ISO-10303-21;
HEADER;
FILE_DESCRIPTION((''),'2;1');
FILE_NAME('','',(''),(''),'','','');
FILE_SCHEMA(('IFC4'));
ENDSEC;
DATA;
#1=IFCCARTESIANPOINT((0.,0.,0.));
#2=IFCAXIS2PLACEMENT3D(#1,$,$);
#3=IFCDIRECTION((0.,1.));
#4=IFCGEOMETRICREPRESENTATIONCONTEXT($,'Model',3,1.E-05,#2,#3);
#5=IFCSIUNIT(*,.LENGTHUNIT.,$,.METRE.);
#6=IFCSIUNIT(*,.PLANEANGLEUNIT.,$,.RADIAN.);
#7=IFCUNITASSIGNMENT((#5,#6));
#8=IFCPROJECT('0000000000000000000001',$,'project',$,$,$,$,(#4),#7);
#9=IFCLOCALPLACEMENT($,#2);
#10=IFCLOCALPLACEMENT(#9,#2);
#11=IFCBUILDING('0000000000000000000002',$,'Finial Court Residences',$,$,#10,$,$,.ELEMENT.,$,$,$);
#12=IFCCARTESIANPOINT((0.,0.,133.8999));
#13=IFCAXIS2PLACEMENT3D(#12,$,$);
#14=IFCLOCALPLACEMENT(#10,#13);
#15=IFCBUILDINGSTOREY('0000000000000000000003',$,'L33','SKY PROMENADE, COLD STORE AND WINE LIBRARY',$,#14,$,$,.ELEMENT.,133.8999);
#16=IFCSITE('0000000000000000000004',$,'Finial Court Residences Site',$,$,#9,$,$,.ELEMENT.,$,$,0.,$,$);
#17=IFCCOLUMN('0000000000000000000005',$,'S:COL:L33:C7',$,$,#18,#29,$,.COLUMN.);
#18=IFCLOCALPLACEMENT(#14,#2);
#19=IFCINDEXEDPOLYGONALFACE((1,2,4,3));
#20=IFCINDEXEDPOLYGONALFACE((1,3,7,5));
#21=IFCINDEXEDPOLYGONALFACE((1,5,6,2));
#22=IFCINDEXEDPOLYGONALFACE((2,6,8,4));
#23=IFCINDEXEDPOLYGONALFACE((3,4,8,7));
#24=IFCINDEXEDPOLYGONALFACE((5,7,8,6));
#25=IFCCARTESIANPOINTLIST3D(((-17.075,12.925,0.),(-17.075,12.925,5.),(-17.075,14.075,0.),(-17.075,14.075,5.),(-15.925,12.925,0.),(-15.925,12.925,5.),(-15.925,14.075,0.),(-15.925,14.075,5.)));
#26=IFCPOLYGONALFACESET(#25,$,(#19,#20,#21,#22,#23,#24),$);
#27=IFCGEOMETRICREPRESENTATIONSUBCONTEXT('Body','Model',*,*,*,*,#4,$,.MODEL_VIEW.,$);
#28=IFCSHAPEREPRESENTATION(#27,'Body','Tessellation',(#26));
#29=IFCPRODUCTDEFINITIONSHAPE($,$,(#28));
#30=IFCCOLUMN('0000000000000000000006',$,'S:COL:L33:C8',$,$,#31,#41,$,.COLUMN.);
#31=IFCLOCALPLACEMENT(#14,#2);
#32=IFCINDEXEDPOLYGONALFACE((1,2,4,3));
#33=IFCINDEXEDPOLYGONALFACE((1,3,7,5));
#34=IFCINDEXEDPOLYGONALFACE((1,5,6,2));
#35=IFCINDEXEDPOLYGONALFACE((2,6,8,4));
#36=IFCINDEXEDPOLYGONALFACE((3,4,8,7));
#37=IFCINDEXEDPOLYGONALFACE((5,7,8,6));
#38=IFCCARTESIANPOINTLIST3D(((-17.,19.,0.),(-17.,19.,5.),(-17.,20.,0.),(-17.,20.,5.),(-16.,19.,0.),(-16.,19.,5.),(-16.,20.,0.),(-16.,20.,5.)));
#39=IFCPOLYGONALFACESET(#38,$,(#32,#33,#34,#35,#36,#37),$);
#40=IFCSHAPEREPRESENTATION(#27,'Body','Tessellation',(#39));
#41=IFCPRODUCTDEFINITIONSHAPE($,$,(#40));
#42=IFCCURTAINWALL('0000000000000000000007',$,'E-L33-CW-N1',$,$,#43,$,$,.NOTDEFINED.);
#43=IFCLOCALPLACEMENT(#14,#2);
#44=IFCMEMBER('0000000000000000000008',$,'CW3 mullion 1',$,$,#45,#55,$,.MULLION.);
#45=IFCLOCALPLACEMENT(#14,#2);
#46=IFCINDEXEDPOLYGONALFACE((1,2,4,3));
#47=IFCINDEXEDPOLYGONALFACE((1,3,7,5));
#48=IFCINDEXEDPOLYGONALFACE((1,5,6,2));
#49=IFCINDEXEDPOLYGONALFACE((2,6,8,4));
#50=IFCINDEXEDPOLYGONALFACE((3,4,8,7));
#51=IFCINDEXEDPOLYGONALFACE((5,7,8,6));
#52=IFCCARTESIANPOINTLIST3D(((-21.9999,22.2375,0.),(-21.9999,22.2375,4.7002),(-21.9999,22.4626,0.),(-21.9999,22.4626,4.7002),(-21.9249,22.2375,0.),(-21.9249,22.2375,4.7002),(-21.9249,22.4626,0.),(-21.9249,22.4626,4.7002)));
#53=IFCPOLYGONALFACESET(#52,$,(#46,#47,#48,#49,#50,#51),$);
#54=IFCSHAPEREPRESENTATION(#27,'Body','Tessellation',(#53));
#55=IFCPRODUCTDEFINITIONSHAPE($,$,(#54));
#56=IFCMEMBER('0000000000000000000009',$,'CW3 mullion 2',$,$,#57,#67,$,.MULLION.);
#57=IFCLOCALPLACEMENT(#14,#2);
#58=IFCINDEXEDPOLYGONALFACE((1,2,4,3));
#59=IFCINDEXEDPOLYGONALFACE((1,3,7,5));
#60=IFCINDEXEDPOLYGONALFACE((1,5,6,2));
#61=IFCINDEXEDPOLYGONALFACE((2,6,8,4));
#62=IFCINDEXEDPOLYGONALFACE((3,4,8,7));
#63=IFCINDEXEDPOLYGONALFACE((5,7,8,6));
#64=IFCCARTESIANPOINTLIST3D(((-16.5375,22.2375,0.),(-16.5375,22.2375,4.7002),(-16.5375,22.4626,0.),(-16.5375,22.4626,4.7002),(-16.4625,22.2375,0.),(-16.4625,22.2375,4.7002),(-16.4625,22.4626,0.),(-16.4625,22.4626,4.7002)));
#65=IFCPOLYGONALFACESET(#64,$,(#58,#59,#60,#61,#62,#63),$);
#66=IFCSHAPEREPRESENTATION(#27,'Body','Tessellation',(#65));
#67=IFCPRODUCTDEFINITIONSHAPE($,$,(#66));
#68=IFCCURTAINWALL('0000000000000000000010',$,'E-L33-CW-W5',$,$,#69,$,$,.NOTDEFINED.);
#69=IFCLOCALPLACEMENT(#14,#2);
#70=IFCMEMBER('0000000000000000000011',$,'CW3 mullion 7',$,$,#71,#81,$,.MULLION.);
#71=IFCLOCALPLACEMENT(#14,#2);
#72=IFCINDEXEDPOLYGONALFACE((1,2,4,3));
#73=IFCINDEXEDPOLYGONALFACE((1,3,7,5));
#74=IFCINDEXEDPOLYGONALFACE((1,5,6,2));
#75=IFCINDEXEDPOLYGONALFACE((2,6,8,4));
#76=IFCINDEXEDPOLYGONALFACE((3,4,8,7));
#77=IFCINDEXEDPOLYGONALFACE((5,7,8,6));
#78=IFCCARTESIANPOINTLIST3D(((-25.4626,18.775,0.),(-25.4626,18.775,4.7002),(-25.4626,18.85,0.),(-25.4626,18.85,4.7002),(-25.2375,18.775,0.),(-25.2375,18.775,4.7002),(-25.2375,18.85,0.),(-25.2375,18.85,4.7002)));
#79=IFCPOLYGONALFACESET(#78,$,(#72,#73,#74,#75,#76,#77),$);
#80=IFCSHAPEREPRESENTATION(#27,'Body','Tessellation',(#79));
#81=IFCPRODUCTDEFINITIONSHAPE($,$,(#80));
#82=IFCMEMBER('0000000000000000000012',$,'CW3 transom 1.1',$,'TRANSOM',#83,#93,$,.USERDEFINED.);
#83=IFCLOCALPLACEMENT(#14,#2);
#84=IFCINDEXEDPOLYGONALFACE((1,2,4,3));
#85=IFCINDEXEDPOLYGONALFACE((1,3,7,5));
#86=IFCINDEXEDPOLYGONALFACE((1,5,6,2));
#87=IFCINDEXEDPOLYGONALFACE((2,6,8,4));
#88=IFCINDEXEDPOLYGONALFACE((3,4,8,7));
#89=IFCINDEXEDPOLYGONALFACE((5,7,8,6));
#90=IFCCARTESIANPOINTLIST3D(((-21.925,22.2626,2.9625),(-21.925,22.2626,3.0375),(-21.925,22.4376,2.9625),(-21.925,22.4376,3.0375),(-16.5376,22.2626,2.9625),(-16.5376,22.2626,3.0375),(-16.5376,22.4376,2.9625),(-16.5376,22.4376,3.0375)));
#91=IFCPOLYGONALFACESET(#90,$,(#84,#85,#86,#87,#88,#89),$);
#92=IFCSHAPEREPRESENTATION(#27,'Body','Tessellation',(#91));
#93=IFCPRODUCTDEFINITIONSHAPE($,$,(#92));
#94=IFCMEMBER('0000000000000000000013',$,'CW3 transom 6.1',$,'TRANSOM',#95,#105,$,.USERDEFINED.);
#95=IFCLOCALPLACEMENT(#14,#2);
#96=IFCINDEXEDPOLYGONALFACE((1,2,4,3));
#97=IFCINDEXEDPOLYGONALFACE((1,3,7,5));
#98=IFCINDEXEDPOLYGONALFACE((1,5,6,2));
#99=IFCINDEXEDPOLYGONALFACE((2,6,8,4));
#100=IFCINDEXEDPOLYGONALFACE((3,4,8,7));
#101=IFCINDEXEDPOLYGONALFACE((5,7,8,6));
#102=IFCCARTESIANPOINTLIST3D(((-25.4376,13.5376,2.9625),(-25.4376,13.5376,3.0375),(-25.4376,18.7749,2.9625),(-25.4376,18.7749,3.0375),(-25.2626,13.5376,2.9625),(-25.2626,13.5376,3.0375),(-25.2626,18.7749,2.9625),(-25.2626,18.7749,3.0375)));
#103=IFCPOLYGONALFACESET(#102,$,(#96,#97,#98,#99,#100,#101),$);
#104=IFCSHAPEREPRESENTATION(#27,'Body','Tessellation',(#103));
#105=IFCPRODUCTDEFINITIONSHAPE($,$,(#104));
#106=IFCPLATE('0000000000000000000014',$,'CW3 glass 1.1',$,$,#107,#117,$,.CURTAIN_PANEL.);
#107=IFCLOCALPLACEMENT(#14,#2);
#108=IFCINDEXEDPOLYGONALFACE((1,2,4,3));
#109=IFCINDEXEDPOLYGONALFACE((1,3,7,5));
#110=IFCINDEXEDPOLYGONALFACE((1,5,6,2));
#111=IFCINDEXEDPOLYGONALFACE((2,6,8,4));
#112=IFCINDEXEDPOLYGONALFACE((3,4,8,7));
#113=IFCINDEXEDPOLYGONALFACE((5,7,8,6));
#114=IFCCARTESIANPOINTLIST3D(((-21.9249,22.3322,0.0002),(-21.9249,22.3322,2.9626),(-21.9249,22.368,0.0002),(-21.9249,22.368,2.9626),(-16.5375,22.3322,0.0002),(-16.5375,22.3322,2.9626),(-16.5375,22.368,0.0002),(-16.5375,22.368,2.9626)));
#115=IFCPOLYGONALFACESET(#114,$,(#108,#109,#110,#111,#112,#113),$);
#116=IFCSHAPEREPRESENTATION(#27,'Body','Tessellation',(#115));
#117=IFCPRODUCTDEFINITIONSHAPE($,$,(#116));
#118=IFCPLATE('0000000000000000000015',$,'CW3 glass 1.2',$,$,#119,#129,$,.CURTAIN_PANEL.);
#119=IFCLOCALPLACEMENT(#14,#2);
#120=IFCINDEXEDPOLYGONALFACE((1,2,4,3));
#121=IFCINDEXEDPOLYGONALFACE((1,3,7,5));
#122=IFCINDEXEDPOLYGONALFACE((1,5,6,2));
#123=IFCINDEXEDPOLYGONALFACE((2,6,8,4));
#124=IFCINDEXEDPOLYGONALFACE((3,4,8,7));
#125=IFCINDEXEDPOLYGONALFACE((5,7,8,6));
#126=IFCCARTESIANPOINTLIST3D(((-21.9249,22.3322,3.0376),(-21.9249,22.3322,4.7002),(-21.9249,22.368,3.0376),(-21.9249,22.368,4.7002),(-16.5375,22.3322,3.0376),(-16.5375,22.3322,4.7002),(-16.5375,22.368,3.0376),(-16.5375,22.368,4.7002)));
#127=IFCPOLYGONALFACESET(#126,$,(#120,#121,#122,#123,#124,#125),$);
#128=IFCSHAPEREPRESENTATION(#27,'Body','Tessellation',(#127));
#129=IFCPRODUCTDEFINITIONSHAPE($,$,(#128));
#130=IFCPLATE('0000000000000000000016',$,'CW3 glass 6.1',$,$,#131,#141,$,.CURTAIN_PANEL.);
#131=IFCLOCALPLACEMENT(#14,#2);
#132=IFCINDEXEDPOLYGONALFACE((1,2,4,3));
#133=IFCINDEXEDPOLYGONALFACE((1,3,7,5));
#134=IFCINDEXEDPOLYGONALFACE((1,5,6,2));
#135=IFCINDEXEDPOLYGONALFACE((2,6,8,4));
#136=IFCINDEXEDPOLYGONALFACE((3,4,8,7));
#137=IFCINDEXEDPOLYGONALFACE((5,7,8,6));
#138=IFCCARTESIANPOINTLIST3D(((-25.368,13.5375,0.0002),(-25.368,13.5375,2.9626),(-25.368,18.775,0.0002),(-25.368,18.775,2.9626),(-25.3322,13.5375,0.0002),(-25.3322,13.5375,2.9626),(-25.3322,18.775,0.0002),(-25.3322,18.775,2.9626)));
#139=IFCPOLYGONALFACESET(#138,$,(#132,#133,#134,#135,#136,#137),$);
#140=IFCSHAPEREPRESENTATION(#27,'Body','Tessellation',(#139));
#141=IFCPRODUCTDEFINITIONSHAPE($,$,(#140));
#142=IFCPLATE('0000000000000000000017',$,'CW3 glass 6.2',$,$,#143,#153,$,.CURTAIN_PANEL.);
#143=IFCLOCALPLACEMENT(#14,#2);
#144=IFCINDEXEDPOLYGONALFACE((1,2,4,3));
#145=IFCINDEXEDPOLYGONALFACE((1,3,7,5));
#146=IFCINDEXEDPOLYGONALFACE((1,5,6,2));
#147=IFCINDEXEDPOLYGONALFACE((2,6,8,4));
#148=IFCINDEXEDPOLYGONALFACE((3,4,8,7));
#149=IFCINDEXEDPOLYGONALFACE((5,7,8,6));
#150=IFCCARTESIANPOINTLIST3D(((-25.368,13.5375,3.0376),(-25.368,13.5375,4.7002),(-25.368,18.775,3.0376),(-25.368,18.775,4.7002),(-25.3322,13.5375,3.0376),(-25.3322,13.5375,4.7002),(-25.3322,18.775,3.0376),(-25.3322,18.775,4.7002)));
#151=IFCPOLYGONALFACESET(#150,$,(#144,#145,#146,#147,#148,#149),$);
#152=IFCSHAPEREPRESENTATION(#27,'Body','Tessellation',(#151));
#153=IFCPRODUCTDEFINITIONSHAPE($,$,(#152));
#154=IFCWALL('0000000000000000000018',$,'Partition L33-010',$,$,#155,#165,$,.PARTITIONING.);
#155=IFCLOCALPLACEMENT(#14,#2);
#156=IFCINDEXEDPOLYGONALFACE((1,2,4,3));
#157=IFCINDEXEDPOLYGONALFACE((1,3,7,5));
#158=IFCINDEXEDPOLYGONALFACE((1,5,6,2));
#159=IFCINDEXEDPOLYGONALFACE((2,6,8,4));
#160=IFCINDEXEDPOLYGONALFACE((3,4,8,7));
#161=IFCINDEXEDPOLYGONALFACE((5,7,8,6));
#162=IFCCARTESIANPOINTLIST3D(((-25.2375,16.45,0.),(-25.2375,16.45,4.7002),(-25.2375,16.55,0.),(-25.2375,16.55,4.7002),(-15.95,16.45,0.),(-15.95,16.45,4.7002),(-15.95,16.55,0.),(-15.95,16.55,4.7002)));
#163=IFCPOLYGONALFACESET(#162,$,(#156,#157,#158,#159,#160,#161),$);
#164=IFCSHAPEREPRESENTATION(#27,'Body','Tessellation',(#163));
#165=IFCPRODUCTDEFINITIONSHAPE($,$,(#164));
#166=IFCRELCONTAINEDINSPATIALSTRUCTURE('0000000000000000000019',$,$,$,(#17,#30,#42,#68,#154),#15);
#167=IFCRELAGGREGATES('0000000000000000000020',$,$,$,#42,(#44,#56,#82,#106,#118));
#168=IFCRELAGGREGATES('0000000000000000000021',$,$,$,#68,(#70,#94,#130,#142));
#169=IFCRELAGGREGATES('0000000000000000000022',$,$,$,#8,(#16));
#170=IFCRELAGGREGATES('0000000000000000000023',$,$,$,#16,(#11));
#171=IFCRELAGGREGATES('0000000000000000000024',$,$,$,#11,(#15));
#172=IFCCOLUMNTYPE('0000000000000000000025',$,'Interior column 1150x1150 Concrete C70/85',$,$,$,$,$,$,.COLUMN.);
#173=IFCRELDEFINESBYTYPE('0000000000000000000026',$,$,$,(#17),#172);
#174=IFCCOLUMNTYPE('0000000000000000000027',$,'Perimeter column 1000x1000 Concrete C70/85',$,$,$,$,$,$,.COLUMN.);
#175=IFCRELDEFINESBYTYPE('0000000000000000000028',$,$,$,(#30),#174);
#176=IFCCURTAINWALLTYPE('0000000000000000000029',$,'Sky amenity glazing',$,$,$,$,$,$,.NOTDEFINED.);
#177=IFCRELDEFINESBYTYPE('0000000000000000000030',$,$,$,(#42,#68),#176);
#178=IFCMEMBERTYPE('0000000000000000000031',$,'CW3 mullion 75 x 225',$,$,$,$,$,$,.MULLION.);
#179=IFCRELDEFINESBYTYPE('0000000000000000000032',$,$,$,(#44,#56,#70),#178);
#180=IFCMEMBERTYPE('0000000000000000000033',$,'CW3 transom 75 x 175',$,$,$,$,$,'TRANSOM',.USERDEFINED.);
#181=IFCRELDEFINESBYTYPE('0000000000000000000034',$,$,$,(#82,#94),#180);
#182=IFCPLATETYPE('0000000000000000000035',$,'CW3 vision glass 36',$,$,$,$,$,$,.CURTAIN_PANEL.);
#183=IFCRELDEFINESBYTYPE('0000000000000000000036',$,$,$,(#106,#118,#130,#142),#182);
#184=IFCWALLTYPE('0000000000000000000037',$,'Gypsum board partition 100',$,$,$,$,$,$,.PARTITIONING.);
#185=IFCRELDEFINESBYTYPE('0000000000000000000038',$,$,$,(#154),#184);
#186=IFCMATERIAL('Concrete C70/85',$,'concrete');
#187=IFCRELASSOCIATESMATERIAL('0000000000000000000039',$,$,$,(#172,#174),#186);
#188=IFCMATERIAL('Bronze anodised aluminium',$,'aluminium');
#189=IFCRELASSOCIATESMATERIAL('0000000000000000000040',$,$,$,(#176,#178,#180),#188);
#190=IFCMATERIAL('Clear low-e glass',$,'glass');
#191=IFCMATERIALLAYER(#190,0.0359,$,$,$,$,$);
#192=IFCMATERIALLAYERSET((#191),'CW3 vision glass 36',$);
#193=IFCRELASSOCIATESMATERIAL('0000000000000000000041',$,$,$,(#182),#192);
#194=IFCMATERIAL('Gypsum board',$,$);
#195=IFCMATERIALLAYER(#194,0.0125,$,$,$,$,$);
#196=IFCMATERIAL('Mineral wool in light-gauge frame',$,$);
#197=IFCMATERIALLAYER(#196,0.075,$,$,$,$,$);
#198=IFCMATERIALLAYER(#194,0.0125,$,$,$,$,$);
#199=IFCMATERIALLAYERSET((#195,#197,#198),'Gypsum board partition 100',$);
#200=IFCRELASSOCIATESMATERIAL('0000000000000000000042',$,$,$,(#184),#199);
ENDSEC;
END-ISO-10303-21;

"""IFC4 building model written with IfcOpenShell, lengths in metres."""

from ifc_helpers import new_model, si_unit, direction, frame, frame_2d, origin, origin_2d, place, context, subcontext, project, spatial, rectangle, extrude, material, layer, layer_set, material_profile, profile_set, type_object, element, aggregate, save


model = new_model("IFC4")

# Units and contexts
model_context = context("Model", 3, precision=1e-05, world=origin(), true_north=direction((0.0, 1.0)))
body_context = subcontext(model_context, "Body", "Model", "MODEL_VIEW")
ifc_project = project(units=[si_unit("LENGTHUNIT", "METRE"), si_unit("PLANEANGLEUNIT", "RADIAN")], contexts=[model_context])

# Site, building, storey
site_placement = place(None, origin())
site = spatial("IfcSite", under=ifc_project, at=site_placement, Name="Finial Court Residences Site", CompositionType="ELEMENT", RefElevation=0.0)
building_placement = place(site_placement, origin())
building = spatial("IfcBuilding", under=site, at=building_placement, Name="Finial Court Residences", CompositionType="ELEMENT")
storey_placement = place(building_placement, frame((0.0, 0.0, 133.8999)))
storey = spatial("IfcBuildingStorey", under=building, at=storey_placement, Name="L33", Description="SKY PROMENADE, COLD STORE AND WINE LIBRARY", CompositionType="ELEMENT", Elevation=133.8999)

# Columns
ifc_material_1 = material(Name="Concrete C70/85", Category="concrete")
ifc_material_profile_1 = material_profile(ifc_material_1, rectangle(XDim=1.1499, YDim=1.1499, at=origin_2d()), Name="1150x1150")
ifc_profile_set_1 = profile_set([ifc_material_profile_1], Name="Concrete C70/85")
column_type_1 = type_object("IfcColumnType", Name="Interior column 1150x1150 Concrete C70/85", PredefinedType="COLUMN", material=ifc_profile_set_1)
column_1_placement = place(storey_placement, frame((-16.5, 13.5, 0.0), z_axis=(0.0, 0.0, 1.0), x_axis=(1.0, 0.0, 0.0)))
element("IfcColumn", 1, at=column_1_placement, inside=storey, type_object=column_type_1, Name="S:COL:L33:C7", PredefinedType="COLUMN", context=body_context, shape_type="SweptSolid", body=[
    extrude(rectangle(XDim=1.1499, YDim=1.1499, at=origin_2d()), origin(), (0.0, 0.0, 1.0), 5.0),
])
ifc_material_profile_2 = material_profile(ifc_material_1, rectangle(XDim=1.0, YDim=1.0, at=origin_2d()), Name="1000x1000")
ifc_profile_set_2 = profile_set([ifc_material_profile_2], Name="Concrete C70/85")
column_type_2 = type_object("IfcColumnType", Name="Perimeter column 1000x1000 Concrete C70/85", PredefinedType="COLUMN", material=ifc_profile_set_2)
column_2_placement = place(storey_placement, frame((-16.5, 19.5, 0.0), z_axis=(0.0, 0.0, 1.0), x_axis=(1.0, 0.0, 0.0)))
element("IfcColumn", 2, at=column_2_placement, inside=storey, type_object=column_type_2, Name="S:COL:L33:C8", PredefinedType="COLUMN", context=body_context, shape_type="SweptSolid", body=[
    extrude(rectangle(XDim=1.0, YDim=1.0, at=origin_2d()), origin(), (0.0, 0.0, 1.0), 5.0),
])

# Curtain wall, members
ifc_material_2 = material(Name="Bronze anodised aluminium", Category="aluminium")
curtain_wall_type = type_object("IfcCurtainWallType", Name="Sky amenity glazing", PredefinedType="NOTDEFINED", material=ifc_material_2)
curtain_wall_1_placement = place(storey_placement, origin())
curtain_wall_1 = element("IfcCurtainWall", 3, at=curtain_wall_1_placement, inside=storey, type_object=curtain_wall_type, Name="E-L33-CW-N1", PredefinedType="NOTDEFINED")
ifc_material_profile_3 = material_profile(ifc_material_2, rectangle(XDim=0.2251, YDim=0.075, at=origin_2d()), Name="CW3 mullion 75 x 225")
ifc_profile_set_3 = profile_set([ifc_material_profile_3], Name="Bronze anodised aluminium")
member_type_1 = type_object("IfcMemberType", Name="CW3 mullion 75 x 225", PredefinedType="MULLION", material=ifc_profile_set_3)
member_1_placement = place(storey_placement, frame((-21.9624, 22.3501, 0.0), z_axis=(0.0, 0.0, 1.0), x_axis=(0.0, 1.0, 0.0)))
member_1 = element("IfcMember", 4, at=member_1_placement, type_object=member_type_1, Name="CW3 mullion 1", PredefinedType="MULLION", context=body_context, shape_type="SweptSolid", body=[
    extrude(rectangle(XDim=0.2251, YDim=0.075, at=origin_2d()), origin(), (0.0, 0.0, 1.0), 4.7002),
])
member_2_placement = place(storey_placement, frame((-16.5, 22.3501, 0.0), z_axis=(0.0, 0.0, 1.0), x_axis=(0.0, 1.0, 0.0)))
member_2 = element("IfcMember", 5, at=member_2_placement, type_object=member_type_1, Name="CW3 mullion 2", PredefinedType="MULLION", context=body_context, shape_type="SweptSolid", body=[
    extrude(rectangle(XDim=0.2251, YDim=0.075, at=origin_2d()), origin(), (0.0, 0.0, 1.0), 4.7002),
])

# Curtain wall, member
curtain_wall_2_placement = place(storey_placement, origin())
curtain_wall_2 = element("IfcCurtainWall", 6, at=curtain_wall_2_placement, inside=storey, type_object=curtain_wall_type, Name="E-L33-CW-W5", PredefinedType="NOTDEFINED")
member_3_placement = place(storey_placement, frame((-25.3501, 18.8125, 0.0), z_axis=(0.0, 0.0, 1.0), x_axis=(-1.0, 0.0, 0.0)))
member_3 = element("IfcMember", 7, at=member_3_placement, type_object=member_type_1, Name="CW3 mullion 7", PredefinedType="MULLION", context=body_context, shape_type="SweptSolid", body=[
    extrude(rectangle(XDim=0.2251, YDim=0.075, at=origin_2d()), origin(), (0.0, 0.0, 1.0), 4.7002),
])

# Members
ifc_material_profile_4 = material_profile(ifc_material_2, rectangle(XDim=0.175, YDim=0.075, at=origin_2d()), Name="CW3 transom 75 x 175")
ifc_profile_set_4 = profile_set([ifc_material_profile_4], Name="Bronze anodised aluminium")
member_type_2 = type_object("IfcMemberType", Name="CW3 transom 75 x 175", ElementType="TRANSOM", PredefinedType="USERDEFINED", material=ifc_profile_set_4)
member_4_placement = place(storey_placement, frame((-21.925, 22.3501, 3.0), z_axis=(1.0, 0.0, 0.0), x_axis=(0.0, 1.0, 0.0)))
member_4 = element("IfcMember", 8, at=member_4_placement, type_object=member_type_2, Name="CW3 transom 1.1", ObjectType="TRANSOM", PredefinedType="USERDEFINED", context=body_context, shape_type="SweptSolid", body=[
    extrude(rectangle(XDim=0.175, YDim=0.075, at=origin_2d()), origin(), (0.0, 0.0, 1.0), 5.3875),
])
member_5_placement = place(storey_placement, frame((-25.3501, 13.5376, 3.0), z_axis=(0.0, 1.0, 0.0), x_axis=(-1.0, 0.0, 0.0)))
member_5 = element("IfcMember", 9, at=member_5_placement, type_object=member_type_2, Name="CW3 transom 6.1", ObjectType="TRANSOM", PredefinedType="USERDEFINED", context=body_context, shape_type="SweptSolid", body=[
    extrude(rectangle(XDim=0.175, YDim=0.075, at=origin_2d()), origin(), (0.0, 0.0, 1.0), 5.2373),
])

# Plates
ifc_material_3 = material(Name="Clear low-e glass", Category="glass")
ifc_layer_1 = layer(ifc_material_3, 0.0359)
ifc_layer_set_1 = layer_set([ifc_layer_1], Name="CW3 vision glass 36")
plate_type = type_object("IfcPlateType", Name="CW3 vision glass 36", PredefinedType="CURTAIN_PANEL", material=ifc_layer_set_1)
plate_1_placement = place(storey_placement, frame((-19.2312, 22.3501, 0.0002), z_axis=(0.0, 0.0, 1.0), x_axis=(1.0, 0.0, 0.0)))
plate_1 = element("IfcPlate", 10, at=plate_1_placement, type_object=plate_type, Name="CW3 glass 1.1", PredefinedType="CURTAIN_PANEL", context=body_context, shape_type="SweptSolid", body=[
    extrude(rectangle(XDim=5.3875, YDim=0.0359, at=origin_2d()), origin(), (0.0, 0.0, 1.0), 2.9624),
])
plate_2_placement = place(storey_placement, frame((-19.2312, 22.3501, 3.0376), z_axis=(0.0, 0.0, 1.0), x_axis=(1.0, 0.0, 0.0)))
plate_2 = element("IfcPlate", 11, at=plate_2_placement, type_object=plate_type, Name="CW3 glass 1.2", PredefinedType="CURTAIN_PANEL", context=body_context, shape_type="SweptSolid", body=[
    extrude(rectangle(XDim=5.3875, YDim=0.0359, at=origin_2d()), origin(), (0.0, 0.0, 1.0), 1.6626),
])
aggregate(curtain_wall_1, [member_1, member_2, member_4, plate_1, plate_2])
plate_3_placement = place(storey_placement, frame((-25.3501, 16.1562, 0.0002), z_axis=(0.0, 0.0, 1.0), x_axis=(0.0, 1.0, 0.0)))
plate_3 = element("IfcPlate", 12, at=plate_3_placement, type_object=plate_type, Name="CW3 glass 6.1", PredefinedType="CURTAIN_PANEL", context=body_context, shape_type="SweptSolid", body=[
    extrude(rectangle(XDim=5.2375, YDim=0.0359, at=origin_2d()), origin(), (0.0, 0.0, 1.0), 2.9624),
])
plate_4_placement = place(storey_placement, frame((-25.3501, 16.1562, 3.0376), z_axis=(0.0, 0.0, 1.0), x_axis=(0.0, 1.0, 0.0)))
plate_4 = element("IfcPlate", 13, at=plate_4_placement, type_object=plate_type, Name="CW3 glass 6.2", PredefinedType="CURTAIN_PANEL", context=body_context, shape_type="SweptSolid", body=[
    extrude(rectangle(XDim=5.2375, YDim=0.0359, at=origin_2d()), origin(), (0.0, 0.0, 1.0), 1.6626),
])
aggregate(curtain_wall_2, [member_3, member_5, plate_3, plate_4])

# Wall
ifc_material_4 = material(Name="Gypsum board")
ifc_layer_2 = layer(ifc_material_4, 0.0125)
ifc_material_5 = material(Name="Mineral wool in light-gauge frame")
ifc_layer_3 = layer(ifc_material_5, 0.075)
ifc_layer_4 = layer(ifc_material_4, 0.0125)
ifc_layer_set_2 = layer_set([ifc_layer_2, ifc_layer_3, ifc_layer_4], Name="Gypsum board partition 100")
wall_type_1 = type_object("IfcWallType", Name="Gypsum board partition 100", PredefinedType="PARTITIONING", material=ifc_layer_set_2)
wall_1_placement = place(storey_placement, frame((-25.2375, 16.5, 0.0), z_axis=(0.0, 0.0, 1.0), x_axis=(1.0, 0.0, 0.0)))
element("IfcWall", 14, at=wall_1_placement, inside=storey, type_object=wall_type_1, Name="Partition L33-010", PredefinedType="PARTITIONING", context=body_context, shape_type="SweptSolid", body=[
    extrude(rectangle(XDim=9.2876, YDim=0.1001, at=frame_2d((4.6438, 0.0))), origin(), (0.0, 0.0, 1.0), 4.7002),
])

save(model, "model.ifc")
